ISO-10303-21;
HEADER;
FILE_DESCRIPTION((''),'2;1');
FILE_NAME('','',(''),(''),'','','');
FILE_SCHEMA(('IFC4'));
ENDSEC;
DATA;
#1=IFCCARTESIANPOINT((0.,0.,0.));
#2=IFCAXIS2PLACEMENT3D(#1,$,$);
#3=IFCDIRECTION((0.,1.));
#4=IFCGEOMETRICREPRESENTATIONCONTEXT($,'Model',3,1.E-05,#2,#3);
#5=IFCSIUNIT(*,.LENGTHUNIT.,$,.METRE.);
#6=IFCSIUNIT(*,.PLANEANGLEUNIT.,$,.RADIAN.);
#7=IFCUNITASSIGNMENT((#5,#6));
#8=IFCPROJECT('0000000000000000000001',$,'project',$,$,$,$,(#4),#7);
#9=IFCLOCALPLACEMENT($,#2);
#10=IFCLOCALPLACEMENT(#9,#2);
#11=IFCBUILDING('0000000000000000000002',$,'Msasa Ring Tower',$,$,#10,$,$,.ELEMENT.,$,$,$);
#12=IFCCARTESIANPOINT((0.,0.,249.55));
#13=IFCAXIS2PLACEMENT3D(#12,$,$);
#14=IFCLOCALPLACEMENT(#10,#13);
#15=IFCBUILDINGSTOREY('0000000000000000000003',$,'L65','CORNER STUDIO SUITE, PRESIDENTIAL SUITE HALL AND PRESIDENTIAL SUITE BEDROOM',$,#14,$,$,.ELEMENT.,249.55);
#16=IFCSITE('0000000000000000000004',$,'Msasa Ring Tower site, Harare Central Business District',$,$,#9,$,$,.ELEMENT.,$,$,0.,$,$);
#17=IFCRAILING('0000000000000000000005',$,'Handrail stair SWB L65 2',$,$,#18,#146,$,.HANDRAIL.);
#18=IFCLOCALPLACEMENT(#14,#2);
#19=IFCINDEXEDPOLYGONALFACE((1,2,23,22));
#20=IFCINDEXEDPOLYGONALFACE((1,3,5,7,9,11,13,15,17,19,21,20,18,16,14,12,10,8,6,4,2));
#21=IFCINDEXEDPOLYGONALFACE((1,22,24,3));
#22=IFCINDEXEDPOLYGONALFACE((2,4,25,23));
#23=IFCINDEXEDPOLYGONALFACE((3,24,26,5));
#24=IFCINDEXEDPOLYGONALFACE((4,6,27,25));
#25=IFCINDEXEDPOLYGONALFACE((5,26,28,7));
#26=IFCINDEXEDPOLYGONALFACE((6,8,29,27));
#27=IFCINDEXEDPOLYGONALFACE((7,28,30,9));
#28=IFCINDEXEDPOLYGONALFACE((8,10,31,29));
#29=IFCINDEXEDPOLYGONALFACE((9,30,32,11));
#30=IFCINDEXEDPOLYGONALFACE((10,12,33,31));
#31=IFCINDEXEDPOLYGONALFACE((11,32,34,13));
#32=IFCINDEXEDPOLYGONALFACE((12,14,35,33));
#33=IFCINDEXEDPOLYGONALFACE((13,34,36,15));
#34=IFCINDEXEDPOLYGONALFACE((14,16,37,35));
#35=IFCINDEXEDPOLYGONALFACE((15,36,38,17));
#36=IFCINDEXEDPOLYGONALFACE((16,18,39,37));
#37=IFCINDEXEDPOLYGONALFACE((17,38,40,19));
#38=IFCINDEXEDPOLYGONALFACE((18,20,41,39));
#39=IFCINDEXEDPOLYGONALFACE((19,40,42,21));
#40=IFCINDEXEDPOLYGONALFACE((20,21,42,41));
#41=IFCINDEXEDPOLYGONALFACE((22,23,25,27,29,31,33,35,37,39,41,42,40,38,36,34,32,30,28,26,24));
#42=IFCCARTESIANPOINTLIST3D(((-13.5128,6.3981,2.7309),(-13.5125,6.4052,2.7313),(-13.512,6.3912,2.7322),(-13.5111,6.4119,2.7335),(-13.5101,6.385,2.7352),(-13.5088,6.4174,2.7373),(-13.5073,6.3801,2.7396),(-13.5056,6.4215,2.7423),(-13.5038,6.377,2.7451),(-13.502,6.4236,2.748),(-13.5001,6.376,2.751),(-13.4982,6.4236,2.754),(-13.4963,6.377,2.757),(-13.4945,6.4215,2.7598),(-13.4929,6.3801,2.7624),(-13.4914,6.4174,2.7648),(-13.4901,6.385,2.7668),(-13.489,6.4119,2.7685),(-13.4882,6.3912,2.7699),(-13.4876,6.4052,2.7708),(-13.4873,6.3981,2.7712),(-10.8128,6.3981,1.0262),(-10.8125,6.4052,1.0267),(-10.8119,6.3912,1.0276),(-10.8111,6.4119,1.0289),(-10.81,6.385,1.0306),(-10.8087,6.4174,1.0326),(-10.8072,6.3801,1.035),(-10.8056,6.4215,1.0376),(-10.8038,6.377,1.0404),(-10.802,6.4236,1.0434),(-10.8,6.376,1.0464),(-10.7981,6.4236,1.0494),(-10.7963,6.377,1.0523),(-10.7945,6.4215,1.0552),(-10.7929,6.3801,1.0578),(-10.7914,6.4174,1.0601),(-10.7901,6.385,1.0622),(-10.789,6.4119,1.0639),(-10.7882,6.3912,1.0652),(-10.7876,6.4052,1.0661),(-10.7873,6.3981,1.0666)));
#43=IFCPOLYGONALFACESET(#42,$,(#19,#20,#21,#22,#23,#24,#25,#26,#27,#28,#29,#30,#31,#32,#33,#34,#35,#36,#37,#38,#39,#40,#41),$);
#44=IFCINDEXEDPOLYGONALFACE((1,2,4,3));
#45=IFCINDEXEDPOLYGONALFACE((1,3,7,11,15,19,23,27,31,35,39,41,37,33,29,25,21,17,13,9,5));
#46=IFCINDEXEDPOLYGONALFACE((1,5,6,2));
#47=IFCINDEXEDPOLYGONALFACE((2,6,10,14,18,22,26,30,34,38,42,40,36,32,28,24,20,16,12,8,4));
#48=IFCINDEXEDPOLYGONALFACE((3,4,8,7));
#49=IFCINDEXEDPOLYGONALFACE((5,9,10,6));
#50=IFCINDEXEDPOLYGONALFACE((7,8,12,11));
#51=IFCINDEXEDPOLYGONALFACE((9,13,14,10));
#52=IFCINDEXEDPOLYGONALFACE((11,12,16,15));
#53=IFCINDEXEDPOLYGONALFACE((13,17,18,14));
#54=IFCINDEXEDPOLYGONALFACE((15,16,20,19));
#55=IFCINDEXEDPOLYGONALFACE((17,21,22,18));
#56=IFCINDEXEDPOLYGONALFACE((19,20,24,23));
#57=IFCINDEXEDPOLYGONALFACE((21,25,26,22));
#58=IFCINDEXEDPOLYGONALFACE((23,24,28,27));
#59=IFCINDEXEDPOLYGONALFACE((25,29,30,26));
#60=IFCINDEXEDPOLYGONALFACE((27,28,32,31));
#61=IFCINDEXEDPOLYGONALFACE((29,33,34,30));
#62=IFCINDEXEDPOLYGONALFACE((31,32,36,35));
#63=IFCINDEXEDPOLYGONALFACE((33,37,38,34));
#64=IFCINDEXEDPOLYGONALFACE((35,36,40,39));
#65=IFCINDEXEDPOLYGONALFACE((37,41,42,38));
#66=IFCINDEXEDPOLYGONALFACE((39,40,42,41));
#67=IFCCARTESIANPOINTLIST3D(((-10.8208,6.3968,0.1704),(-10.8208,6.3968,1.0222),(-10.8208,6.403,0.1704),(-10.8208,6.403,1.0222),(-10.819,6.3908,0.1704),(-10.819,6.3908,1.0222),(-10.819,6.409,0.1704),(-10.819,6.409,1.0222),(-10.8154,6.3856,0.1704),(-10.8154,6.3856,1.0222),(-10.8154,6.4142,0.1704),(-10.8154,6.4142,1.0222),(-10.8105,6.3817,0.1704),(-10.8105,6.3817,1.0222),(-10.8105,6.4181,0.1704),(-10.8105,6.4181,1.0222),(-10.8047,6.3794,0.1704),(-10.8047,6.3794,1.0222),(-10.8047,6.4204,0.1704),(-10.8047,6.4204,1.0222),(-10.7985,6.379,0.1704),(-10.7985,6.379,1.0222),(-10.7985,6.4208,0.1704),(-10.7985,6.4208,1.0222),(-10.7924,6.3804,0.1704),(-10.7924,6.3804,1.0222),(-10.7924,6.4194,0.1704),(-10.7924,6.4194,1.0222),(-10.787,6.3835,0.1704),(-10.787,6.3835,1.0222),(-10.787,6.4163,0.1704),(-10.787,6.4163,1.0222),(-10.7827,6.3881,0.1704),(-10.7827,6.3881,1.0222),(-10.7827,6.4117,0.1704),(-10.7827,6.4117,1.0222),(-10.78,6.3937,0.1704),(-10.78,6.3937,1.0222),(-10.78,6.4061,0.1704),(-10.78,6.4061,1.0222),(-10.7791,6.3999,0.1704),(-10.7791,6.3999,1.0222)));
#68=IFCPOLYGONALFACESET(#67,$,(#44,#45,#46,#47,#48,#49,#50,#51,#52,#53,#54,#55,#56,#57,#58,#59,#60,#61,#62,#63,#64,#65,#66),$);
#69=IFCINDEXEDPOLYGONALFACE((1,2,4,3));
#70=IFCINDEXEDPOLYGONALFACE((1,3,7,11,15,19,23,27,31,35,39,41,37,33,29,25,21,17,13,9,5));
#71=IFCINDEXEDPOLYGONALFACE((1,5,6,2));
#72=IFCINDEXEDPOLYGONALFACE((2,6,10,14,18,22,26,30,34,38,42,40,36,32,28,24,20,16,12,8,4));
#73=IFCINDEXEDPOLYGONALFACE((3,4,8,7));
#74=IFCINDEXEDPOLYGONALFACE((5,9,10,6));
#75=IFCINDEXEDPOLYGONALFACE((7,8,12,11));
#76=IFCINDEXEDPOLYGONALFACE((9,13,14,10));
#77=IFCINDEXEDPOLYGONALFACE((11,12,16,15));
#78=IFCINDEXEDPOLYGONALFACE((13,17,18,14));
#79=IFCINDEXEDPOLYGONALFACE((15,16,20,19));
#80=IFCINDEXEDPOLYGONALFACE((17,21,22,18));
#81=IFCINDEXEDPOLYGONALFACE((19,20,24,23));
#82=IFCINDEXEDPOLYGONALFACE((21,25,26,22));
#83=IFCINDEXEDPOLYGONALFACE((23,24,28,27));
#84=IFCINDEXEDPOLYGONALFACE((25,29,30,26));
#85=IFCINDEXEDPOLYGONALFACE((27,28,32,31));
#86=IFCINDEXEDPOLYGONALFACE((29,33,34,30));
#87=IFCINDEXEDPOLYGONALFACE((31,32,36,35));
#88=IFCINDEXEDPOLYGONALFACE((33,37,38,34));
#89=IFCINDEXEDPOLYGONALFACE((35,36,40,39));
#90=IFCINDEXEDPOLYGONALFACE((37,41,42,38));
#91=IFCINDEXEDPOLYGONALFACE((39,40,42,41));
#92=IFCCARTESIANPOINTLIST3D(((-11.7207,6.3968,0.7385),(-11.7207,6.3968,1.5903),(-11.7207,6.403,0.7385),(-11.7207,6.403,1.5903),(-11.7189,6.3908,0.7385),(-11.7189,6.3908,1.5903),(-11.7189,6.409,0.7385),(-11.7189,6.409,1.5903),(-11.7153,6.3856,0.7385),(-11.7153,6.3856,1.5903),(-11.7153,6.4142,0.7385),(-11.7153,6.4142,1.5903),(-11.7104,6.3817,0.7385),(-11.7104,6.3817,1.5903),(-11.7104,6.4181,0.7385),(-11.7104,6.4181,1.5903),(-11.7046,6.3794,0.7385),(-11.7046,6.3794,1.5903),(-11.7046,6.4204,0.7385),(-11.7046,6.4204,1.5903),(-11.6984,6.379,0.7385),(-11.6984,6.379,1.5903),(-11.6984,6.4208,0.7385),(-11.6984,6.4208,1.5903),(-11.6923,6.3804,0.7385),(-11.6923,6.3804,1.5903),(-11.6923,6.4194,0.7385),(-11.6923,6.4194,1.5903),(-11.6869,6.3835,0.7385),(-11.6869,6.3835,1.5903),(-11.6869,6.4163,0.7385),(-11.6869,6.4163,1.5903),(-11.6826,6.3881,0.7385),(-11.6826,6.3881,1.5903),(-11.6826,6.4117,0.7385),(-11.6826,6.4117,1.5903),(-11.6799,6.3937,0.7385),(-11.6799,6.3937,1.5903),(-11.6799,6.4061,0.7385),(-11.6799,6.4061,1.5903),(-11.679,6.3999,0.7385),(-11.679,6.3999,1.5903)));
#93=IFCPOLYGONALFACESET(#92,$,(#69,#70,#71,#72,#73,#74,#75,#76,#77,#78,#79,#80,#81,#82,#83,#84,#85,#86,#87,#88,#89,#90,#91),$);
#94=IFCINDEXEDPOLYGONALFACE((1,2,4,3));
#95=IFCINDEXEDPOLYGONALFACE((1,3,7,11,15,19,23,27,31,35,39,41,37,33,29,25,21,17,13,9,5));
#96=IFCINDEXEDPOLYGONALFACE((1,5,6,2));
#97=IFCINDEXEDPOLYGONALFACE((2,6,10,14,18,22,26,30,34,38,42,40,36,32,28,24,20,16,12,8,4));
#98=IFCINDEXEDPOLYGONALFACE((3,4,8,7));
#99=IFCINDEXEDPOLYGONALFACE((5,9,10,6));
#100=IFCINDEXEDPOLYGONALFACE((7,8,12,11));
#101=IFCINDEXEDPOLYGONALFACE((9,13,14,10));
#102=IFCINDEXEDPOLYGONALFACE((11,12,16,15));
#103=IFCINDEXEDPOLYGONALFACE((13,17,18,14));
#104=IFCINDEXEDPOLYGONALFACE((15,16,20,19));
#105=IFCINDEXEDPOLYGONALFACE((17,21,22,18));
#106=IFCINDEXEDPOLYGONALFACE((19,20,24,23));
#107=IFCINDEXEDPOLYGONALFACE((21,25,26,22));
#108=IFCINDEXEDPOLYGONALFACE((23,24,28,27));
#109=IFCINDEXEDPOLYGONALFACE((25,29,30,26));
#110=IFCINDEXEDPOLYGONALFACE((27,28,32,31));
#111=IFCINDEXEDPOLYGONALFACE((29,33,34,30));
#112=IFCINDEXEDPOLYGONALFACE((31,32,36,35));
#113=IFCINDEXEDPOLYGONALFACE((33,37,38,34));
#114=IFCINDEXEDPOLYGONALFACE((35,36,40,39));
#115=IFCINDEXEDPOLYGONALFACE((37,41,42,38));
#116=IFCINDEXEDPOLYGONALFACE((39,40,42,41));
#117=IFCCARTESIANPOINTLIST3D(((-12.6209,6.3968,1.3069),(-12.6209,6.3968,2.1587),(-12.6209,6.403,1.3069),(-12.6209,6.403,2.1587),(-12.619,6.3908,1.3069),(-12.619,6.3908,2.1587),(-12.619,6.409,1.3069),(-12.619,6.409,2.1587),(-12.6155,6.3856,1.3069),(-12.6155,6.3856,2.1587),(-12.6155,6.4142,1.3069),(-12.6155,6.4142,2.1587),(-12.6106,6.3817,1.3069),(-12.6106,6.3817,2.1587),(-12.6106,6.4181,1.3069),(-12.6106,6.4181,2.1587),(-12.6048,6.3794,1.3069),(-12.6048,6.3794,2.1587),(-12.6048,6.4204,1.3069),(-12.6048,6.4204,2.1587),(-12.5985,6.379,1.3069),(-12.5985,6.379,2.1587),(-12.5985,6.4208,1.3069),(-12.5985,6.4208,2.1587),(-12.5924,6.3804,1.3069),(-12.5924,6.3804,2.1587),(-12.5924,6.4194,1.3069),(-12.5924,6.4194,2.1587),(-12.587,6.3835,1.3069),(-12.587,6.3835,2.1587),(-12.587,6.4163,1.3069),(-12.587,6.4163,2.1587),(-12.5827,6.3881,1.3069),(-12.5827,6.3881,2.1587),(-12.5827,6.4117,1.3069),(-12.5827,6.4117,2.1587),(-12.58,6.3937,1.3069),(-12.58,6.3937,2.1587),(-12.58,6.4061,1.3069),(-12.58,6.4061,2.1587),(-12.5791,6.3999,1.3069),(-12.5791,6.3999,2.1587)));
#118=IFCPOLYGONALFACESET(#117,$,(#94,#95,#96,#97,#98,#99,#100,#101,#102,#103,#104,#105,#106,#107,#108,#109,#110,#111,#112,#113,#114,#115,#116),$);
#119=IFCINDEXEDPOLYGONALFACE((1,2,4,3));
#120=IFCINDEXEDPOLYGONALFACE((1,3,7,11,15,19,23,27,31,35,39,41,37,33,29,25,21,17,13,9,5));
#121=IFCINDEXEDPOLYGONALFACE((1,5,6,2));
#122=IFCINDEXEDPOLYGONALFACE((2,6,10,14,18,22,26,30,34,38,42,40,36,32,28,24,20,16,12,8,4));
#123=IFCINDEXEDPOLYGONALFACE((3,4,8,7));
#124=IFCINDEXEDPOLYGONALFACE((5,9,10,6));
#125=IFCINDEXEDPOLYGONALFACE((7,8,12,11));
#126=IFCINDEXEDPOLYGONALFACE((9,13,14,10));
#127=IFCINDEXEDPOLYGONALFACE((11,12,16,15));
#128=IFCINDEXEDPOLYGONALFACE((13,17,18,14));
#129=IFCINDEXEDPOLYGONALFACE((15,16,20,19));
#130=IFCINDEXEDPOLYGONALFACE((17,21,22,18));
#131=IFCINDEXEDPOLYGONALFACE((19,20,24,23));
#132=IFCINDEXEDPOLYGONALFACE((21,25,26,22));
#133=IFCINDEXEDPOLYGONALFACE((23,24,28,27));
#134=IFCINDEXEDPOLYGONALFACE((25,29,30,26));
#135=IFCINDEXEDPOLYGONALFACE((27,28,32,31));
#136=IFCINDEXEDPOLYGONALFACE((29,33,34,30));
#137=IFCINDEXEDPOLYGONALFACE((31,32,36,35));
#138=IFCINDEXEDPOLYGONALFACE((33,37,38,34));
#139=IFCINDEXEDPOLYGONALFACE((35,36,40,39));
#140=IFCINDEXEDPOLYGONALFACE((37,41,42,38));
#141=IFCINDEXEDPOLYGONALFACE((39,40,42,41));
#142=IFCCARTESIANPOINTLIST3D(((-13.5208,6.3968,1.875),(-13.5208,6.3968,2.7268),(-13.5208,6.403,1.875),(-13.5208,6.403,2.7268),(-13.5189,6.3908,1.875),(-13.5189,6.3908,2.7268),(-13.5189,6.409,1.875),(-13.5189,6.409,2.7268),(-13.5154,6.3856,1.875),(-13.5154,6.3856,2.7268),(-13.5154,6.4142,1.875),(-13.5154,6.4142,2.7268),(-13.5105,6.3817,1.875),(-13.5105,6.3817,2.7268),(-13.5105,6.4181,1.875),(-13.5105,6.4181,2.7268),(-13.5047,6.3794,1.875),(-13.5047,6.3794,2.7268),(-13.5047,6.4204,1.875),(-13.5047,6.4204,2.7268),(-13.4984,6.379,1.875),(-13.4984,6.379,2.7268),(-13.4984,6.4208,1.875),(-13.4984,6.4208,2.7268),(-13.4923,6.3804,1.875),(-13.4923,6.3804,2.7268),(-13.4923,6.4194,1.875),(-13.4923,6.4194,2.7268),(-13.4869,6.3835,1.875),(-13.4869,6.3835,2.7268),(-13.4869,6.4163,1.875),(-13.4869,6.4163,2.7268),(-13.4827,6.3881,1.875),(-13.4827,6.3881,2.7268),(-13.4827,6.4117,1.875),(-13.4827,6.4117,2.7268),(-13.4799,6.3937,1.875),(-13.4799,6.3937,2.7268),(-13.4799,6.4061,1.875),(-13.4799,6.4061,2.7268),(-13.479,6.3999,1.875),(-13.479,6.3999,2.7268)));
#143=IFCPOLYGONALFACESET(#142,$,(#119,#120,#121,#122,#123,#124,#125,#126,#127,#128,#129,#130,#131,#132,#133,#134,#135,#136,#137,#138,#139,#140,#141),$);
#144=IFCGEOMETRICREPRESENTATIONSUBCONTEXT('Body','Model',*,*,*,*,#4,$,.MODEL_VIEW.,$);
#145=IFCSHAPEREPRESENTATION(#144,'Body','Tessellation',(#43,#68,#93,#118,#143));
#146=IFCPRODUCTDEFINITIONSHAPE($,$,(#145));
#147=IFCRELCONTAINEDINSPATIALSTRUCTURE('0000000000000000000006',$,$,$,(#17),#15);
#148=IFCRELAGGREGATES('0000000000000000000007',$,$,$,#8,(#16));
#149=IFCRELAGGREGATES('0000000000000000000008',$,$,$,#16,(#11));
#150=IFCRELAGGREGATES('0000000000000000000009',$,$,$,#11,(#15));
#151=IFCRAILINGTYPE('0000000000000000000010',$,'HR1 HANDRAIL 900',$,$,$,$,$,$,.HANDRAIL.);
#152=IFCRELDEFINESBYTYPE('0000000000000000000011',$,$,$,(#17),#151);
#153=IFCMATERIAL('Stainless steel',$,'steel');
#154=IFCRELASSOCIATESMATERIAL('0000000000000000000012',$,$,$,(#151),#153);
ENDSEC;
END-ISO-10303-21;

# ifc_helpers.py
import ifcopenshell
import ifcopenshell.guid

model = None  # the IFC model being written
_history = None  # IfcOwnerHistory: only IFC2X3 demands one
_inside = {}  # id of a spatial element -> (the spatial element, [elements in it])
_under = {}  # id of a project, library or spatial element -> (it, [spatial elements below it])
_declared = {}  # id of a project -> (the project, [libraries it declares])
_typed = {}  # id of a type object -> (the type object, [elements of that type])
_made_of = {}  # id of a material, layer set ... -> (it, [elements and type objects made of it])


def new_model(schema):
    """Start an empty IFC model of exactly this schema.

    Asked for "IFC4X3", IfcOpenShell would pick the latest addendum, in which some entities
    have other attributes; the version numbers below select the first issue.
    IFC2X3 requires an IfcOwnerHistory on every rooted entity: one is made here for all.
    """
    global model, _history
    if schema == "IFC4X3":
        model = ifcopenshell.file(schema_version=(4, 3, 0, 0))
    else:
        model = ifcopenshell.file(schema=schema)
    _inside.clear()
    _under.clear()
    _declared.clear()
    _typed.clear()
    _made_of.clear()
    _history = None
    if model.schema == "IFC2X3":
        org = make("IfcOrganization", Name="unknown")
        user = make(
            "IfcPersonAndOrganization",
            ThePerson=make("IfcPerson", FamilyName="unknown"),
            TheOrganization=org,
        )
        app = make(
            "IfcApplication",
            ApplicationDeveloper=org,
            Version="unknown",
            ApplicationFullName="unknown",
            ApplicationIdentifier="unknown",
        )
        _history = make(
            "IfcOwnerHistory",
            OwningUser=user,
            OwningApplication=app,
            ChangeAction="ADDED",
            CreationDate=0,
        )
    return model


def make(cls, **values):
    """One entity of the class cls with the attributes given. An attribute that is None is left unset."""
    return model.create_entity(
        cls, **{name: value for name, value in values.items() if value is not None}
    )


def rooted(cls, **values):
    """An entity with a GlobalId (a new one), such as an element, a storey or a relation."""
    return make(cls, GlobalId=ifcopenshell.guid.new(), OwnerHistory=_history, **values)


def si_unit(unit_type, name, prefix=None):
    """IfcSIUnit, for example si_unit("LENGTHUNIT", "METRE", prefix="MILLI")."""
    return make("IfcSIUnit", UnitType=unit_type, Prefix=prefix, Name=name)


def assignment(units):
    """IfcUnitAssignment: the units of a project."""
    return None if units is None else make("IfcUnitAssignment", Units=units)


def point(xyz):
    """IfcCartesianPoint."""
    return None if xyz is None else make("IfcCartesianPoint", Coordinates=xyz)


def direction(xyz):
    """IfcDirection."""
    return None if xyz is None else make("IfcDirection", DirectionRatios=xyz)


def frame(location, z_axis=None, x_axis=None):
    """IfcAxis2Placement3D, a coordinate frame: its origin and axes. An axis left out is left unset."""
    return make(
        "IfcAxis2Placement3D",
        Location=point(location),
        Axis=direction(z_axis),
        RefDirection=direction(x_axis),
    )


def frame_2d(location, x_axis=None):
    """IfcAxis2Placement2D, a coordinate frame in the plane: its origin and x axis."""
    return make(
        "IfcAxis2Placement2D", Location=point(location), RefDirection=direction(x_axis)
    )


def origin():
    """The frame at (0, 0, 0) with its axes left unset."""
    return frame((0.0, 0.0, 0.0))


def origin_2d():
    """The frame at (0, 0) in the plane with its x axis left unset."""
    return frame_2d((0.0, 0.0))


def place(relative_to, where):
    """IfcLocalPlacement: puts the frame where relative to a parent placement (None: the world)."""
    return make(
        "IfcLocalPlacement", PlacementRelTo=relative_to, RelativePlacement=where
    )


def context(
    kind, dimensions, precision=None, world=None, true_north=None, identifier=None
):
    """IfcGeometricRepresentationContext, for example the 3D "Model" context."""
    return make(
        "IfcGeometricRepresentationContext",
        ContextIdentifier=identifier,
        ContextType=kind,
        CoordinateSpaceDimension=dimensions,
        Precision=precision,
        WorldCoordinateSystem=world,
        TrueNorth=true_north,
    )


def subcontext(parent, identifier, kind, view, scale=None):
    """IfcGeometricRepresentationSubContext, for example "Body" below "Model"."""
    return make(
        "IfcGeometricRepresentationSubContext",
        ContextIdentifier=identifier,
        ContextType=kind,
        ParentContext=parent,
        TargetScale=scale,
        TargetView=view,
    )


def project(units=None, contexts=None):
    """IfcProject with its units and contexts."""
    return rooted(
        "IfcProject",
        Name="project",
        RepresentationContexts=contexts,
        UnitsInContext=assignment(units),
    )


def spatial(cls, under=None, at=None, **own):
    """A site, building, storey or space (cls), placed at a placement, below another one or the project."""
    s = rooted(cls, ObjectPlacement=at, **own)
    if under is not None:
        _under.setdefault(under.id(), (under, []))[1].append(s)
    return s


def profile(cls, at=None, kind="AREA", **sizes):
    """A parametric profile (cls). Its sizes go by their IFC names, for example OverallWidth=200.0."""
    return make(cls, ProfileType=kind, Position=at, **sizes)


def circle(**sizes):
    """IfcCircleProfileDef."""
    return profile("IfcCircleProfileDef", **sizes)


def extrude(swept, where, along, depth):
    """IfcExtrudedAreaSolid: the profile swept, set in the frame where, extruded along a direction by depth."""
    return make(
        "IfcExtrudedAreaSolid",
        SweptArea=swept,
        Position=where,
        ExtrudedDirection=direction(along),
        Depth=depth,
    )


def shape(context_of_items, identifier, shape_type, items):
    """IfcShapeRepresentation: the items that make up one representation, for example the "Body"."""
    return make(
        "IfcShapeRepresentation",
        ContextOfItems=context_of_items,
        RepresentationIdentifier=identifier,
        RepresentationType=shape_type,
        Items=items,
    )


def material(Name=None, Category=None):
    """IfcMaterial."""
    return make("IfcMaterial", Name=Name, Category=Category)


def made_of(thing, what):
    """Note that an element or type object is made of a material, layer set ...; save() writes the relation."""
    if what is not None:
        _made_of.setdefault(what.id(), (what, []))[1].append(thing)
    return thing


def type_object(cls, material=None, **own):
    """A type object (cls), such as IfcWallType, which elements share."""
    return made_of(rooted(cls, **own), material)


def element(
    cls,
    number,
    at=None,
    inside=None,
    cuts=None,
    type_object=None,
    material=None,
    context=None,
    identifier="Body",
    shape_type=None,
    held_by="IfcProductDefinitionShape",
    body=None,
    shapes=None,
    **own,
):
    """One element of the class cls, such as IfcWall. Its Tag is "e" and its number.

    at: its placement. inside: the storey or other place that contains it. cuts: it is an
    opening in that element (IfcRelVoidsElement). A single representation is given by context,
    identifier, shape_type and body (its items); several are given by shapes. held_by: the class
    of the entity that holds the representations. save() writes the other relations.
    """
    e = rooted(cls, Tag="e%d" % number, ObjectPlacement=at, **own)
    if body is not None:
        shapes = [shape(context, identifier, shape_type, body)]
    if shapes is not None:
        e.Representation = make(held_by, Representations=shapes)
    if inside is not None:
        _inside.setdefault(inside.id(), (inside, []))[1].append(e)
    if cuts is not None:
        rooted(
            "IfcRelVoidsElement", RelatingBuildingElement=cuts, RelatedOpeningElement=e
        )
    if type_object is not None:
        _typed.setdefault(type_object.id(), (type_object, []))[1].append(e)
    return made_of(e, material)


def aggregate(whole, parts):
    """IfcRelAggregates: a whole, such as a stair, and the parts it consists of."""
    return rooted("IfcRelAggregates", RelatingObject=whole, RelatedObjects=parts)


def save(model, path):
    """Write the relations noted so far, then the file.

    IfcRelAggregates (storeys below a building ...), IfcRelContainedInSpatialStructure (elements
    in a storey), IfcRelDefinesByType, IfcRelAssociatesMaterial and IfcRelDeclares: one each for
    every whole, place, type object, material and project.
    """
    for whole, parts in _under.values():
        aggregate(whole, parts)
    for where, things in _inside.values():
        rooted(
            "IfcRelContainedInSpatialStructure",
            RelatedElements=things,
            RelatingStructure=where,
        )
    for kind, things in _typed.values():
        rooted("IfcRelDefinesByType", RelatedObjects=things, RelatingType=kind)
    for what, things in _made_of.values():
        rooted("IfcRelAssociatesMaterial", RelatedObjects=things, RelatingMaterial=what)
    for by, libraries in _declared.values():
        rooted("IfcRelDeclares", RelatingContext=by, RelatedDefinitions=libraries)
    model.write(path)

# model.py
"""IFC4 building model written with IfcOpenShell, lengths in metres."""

from ifc_helpers import new_model, si_unit, direction, frame, origin, origin_2d, place, context, subcontext, project, spatial, circle, extrude, material, type_object, element, save


model = new_model("IFC4")

# Units and contexts
model_context = context("Model", 3, precision=1e-05, world=origin(), true_north=direction((0.0, 1.0)))
body_context = subcontext(model_context, "Body", "Model", "MODEL_VIEW")
ifc_project = project(units=[si_unit("LENGTHUNIT", "METRE"), si_unit("PLANEANGLEUNIT", "RADIAN")], contexts=[model_context])

# Site, building, storey
site_placement = place(None, origin())
site = spatial("IfcSite", under=ifc_project, at=site_placement, Name="Msasa Ring Tower site, Harare Central Business District", CompositionType="ELEMENT", RefElevation=0.0)
building_placement = place(site_placement, origin())
building = spatial("IfcBuilding", under=site, at=building_placement, Name="Msasa Ring Tower", CompositionType="ELEMENT")
storey_placement = place(building_placement, frame((0.0, 0.0, 249.55)))
storey = spatial("IfcBuildingStorey", under=building, at=storey_placement, Name="L65", Description="CORNER STUDIO SUITE, PRESIDENTIAL SUITE HALL AND PRESIDENTIAL SUITE BEDROOM", CompositionType="ELEMENT", Elevation=249.55)

# Railing
ifc_material_1 = material(Name="Stainless steel", Category="steel")
railing_type = type_object("IfcRailingType", Name="HR1 HANDRAIL 900", PredefinedType="HANDRAIL", material=ifc_material_1)
railing_placement = place(storey_placement, frame((-10.8, 6.3999, 0.1704)))
element("IfcRailing", 1, at=railing_placement, inside=storey, type_object=railing_type, Name="Handrail stair SWB L65 2", PredefinedType="HANDRAIL", context=body_context, shape_type="SweptSolid", body=[
    extrude(circle(Radius=0.0239, at=origin_2d()), frame((0.0, 0.0, 0.876), z_axis=(-0.84558, 0.0, 0.533849), x_axis=(0.0, -1.0, 0.0)), (0.0, 0.0, 1.0), 3.1931),
    extrude(circle(Radius=0.021, at=origin_2d()), origin(), (0.0, 0.0, 1.0), 0.8518),
    extrude(circle(Radius=0.021, at=origin_2d()), frame((-0.8999, 0.0, 0.5681)), (0.0, 0.0, 1.0), 0.8518),
    extrude(circle(Radius=0.021, at=origin_2d()), frame((-1.8, 0.0, 1.1365)), (0.0, 0.0, 1.0), 0.8518),
    extrude(circle(Radius=0.021, at=origin_2d()), frame((-2.7, 0.0, 1.7046)), (0.0, 0.0, 1.0), 0.8518),
])

save(model, "model.ifc")
